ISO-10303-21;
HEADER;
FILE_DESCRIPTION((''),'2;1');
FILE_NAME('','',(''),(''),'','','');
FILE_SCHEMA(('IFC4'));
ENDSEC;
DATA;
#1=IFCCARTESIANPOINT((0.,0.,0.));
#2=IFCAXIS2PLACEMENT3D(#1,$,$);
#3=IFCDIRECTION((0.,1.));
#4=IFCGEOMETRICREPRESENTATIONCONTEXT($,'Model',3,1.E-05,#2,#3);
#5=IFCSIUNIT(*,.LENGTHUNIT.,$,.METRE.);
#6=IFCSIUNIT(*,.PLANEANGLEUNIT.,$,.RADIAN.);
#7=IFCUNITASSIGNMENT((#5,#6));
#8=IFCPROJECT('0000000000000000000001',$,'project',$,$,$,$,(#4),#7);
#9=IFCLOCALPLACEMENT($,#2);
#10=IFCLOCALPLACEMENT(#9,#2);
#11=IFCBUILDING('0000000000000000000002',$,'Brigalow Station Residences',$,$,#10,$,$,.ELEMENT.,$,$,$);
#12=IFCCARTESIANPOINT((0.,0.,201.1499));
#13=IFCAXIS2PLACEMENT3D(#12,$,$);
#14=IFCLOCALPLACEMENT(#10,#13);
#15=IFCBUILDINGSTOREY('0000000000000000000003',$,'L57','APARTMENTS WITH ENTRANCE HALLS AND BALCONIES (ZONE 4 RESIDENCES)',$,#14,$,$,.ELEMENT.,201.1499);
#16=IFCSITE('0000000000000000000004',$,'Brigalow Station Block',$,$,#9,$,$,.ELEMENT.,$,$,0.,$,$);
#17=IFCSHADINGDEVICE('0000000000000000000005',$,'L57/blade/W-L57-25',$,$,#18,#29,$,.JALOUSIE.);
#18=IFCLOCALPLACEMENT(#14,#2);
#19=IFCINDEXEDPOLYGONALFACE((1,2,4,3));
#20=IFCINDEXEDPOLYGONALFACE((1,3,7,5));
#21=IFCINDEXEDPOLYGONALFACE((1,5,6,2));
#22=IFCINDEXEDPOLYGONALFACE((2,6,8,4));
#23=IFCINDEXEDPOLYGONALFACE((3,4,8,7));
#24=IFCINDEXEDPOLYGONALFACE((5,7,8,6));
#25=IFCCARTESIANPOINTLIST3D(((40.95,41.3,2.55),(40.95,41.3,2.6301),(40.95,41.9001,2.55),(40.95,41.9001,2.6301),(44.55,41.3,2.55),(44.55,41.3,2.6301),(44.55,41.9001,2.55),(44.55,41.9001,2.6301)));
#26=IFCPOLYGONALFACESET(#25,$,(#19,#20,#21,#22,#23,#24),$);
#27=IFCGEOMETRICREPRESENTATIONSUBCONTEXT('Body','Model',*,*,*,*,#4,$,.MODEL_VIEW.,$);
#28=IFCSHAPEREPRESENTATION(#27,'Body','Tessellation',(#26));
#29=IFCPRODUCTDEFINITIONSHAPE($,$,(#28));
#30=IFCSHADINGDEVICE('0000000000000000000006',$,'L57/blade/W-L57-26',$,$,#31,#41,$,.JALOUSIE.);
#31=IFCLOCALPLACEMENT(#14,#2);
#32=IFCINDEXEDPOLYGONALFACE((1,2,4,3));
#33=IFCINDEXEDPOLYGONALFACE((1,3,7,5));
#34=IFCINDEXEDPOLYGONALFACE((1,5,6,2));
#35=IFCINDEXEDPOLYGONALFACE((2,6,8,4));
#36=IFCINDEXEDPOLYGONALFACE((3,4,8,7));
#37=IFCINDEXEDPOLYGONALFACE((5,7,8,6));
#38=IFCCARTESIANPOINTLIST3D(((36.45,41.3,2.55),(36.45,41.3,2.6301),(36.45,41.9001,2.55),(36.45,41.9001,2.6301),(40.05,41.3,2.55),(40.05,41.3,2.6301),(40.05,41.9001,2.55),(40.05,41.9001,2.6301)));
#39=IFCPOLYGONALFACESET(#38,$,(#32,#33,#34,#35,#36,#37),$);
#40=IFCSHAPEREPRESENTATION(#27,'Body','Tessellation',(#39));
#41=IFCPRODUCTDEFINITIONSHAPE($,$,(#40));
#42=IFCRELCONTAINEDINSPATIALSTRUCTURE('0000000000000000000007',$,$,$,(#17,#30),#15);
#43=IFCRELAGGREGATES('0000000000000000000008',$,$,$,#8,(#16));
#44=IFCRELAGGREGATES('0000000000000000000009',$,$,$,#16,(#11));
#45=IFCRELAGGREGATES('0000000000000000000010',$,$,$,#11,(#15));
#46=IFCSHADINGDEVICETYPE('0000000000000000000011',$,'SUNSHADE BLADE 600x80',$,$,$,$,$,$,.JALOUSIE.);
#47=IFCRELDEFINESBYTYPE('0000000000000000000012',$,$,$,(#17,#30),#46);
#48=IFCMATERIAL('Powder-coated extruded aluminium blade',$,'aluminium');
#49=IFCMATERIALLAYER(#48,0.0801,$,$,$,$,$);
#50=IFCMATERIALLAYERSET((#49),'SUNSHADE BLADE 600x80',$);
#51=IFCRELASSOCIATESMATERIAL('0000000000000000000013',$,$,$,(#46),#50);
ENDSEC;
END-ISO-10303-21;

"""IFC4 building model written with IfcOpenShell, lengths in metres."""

from ifc_helpers import new_model, si_unit, direction, frame, origin, origin_2d, place, context, subcontext, project, spatial, rectangle, extrude, material, layer, layer_set, type_object, element, save


model = new_model("IFC4")

# Units and contexts
model_context = context("Model", 3, precision=1e-05, world=origin(), true_north=direction((0.0, 1.0)))
body_context = subcontext(model_context, "Body", "Model", "MODEL_VIEW")
ifc_project = project(units=[si_unit("LENGTHUNIT", "METRE"), si_unit("PLANEANGLEUNIT", "RADIAN")], contexts=[model_context])

# Site, building, storey
site_placement = place(None, origin())
site = spatial("IfcSite", under=ifc_project, at=site_placement, Name="Brigalow Station Block", CompositionType="ELEMENT", RefElevation=0.0)
building_placement = place(site_placement, origin())
building = spatial("IfcBuilding", under=site, at=building_placement, Name="Brigalow Station Residences", CompositionType="ELEMENT")
storey_placement = place(building_placement, frame((0.0, 0.0, 201.1499)))
storey = spatial("IfcBuildingStorey", under=building, at=storey_placement, Name="L57", Description="APARTMENTS WITH ENTRANCE HALLS AND BALCONIES (ZONE 4 RESIDENCES)", CompositionType="ELEMENT", Elevation=201.1499)

# Shading devices
ifc_material_1 = material(Name="Powder-coated extruded aluminium blade", Category="aluminium")
ifc_layer_1 = layer(ifc_material_1, 0.0801)
ifc_layer_set_1 = layer_set([ifc_layer_1], Name="SUNSHADE BLADE 600x80")
shading_device_type = type_object("IfcShadingDeviceType", Name="SUNSHADE BLADE 600x80", PredefinedType="JALOUSIE", material=ifc_layer_set_1)
for number, where, z_axis, x_axis, name in (
    (1, (42.75, 41.6001, 2.55), (0.0, 0.0, 1.0), (-1.0, 0.0, 0.0), "L57/blade/W-L57-25"),
    (2, (38.25, 41.6001, 2.55), (0.0, 0.0, 1.0), (-1.0, 0.0, 0.0), "L57/blade/W-L57-26"),
):
    element("IfcShadingDevice", number, at=place(storey_placement, frame(where, z_axis=z_axis, x_axis=x_axis)), inside=storey, type_object=shading_device_type, Name=name, PredefinedType="JALOUSIE", context=body_context, shape_type="SweptSolid", body=[
        extrude(rectangle(XDim=3.6001, YDim=0.6001, at=origin_2d()), origin(), (0.0, 0.0, 1.0), 0.0801),
    ])

save(model, "model.ifc")
